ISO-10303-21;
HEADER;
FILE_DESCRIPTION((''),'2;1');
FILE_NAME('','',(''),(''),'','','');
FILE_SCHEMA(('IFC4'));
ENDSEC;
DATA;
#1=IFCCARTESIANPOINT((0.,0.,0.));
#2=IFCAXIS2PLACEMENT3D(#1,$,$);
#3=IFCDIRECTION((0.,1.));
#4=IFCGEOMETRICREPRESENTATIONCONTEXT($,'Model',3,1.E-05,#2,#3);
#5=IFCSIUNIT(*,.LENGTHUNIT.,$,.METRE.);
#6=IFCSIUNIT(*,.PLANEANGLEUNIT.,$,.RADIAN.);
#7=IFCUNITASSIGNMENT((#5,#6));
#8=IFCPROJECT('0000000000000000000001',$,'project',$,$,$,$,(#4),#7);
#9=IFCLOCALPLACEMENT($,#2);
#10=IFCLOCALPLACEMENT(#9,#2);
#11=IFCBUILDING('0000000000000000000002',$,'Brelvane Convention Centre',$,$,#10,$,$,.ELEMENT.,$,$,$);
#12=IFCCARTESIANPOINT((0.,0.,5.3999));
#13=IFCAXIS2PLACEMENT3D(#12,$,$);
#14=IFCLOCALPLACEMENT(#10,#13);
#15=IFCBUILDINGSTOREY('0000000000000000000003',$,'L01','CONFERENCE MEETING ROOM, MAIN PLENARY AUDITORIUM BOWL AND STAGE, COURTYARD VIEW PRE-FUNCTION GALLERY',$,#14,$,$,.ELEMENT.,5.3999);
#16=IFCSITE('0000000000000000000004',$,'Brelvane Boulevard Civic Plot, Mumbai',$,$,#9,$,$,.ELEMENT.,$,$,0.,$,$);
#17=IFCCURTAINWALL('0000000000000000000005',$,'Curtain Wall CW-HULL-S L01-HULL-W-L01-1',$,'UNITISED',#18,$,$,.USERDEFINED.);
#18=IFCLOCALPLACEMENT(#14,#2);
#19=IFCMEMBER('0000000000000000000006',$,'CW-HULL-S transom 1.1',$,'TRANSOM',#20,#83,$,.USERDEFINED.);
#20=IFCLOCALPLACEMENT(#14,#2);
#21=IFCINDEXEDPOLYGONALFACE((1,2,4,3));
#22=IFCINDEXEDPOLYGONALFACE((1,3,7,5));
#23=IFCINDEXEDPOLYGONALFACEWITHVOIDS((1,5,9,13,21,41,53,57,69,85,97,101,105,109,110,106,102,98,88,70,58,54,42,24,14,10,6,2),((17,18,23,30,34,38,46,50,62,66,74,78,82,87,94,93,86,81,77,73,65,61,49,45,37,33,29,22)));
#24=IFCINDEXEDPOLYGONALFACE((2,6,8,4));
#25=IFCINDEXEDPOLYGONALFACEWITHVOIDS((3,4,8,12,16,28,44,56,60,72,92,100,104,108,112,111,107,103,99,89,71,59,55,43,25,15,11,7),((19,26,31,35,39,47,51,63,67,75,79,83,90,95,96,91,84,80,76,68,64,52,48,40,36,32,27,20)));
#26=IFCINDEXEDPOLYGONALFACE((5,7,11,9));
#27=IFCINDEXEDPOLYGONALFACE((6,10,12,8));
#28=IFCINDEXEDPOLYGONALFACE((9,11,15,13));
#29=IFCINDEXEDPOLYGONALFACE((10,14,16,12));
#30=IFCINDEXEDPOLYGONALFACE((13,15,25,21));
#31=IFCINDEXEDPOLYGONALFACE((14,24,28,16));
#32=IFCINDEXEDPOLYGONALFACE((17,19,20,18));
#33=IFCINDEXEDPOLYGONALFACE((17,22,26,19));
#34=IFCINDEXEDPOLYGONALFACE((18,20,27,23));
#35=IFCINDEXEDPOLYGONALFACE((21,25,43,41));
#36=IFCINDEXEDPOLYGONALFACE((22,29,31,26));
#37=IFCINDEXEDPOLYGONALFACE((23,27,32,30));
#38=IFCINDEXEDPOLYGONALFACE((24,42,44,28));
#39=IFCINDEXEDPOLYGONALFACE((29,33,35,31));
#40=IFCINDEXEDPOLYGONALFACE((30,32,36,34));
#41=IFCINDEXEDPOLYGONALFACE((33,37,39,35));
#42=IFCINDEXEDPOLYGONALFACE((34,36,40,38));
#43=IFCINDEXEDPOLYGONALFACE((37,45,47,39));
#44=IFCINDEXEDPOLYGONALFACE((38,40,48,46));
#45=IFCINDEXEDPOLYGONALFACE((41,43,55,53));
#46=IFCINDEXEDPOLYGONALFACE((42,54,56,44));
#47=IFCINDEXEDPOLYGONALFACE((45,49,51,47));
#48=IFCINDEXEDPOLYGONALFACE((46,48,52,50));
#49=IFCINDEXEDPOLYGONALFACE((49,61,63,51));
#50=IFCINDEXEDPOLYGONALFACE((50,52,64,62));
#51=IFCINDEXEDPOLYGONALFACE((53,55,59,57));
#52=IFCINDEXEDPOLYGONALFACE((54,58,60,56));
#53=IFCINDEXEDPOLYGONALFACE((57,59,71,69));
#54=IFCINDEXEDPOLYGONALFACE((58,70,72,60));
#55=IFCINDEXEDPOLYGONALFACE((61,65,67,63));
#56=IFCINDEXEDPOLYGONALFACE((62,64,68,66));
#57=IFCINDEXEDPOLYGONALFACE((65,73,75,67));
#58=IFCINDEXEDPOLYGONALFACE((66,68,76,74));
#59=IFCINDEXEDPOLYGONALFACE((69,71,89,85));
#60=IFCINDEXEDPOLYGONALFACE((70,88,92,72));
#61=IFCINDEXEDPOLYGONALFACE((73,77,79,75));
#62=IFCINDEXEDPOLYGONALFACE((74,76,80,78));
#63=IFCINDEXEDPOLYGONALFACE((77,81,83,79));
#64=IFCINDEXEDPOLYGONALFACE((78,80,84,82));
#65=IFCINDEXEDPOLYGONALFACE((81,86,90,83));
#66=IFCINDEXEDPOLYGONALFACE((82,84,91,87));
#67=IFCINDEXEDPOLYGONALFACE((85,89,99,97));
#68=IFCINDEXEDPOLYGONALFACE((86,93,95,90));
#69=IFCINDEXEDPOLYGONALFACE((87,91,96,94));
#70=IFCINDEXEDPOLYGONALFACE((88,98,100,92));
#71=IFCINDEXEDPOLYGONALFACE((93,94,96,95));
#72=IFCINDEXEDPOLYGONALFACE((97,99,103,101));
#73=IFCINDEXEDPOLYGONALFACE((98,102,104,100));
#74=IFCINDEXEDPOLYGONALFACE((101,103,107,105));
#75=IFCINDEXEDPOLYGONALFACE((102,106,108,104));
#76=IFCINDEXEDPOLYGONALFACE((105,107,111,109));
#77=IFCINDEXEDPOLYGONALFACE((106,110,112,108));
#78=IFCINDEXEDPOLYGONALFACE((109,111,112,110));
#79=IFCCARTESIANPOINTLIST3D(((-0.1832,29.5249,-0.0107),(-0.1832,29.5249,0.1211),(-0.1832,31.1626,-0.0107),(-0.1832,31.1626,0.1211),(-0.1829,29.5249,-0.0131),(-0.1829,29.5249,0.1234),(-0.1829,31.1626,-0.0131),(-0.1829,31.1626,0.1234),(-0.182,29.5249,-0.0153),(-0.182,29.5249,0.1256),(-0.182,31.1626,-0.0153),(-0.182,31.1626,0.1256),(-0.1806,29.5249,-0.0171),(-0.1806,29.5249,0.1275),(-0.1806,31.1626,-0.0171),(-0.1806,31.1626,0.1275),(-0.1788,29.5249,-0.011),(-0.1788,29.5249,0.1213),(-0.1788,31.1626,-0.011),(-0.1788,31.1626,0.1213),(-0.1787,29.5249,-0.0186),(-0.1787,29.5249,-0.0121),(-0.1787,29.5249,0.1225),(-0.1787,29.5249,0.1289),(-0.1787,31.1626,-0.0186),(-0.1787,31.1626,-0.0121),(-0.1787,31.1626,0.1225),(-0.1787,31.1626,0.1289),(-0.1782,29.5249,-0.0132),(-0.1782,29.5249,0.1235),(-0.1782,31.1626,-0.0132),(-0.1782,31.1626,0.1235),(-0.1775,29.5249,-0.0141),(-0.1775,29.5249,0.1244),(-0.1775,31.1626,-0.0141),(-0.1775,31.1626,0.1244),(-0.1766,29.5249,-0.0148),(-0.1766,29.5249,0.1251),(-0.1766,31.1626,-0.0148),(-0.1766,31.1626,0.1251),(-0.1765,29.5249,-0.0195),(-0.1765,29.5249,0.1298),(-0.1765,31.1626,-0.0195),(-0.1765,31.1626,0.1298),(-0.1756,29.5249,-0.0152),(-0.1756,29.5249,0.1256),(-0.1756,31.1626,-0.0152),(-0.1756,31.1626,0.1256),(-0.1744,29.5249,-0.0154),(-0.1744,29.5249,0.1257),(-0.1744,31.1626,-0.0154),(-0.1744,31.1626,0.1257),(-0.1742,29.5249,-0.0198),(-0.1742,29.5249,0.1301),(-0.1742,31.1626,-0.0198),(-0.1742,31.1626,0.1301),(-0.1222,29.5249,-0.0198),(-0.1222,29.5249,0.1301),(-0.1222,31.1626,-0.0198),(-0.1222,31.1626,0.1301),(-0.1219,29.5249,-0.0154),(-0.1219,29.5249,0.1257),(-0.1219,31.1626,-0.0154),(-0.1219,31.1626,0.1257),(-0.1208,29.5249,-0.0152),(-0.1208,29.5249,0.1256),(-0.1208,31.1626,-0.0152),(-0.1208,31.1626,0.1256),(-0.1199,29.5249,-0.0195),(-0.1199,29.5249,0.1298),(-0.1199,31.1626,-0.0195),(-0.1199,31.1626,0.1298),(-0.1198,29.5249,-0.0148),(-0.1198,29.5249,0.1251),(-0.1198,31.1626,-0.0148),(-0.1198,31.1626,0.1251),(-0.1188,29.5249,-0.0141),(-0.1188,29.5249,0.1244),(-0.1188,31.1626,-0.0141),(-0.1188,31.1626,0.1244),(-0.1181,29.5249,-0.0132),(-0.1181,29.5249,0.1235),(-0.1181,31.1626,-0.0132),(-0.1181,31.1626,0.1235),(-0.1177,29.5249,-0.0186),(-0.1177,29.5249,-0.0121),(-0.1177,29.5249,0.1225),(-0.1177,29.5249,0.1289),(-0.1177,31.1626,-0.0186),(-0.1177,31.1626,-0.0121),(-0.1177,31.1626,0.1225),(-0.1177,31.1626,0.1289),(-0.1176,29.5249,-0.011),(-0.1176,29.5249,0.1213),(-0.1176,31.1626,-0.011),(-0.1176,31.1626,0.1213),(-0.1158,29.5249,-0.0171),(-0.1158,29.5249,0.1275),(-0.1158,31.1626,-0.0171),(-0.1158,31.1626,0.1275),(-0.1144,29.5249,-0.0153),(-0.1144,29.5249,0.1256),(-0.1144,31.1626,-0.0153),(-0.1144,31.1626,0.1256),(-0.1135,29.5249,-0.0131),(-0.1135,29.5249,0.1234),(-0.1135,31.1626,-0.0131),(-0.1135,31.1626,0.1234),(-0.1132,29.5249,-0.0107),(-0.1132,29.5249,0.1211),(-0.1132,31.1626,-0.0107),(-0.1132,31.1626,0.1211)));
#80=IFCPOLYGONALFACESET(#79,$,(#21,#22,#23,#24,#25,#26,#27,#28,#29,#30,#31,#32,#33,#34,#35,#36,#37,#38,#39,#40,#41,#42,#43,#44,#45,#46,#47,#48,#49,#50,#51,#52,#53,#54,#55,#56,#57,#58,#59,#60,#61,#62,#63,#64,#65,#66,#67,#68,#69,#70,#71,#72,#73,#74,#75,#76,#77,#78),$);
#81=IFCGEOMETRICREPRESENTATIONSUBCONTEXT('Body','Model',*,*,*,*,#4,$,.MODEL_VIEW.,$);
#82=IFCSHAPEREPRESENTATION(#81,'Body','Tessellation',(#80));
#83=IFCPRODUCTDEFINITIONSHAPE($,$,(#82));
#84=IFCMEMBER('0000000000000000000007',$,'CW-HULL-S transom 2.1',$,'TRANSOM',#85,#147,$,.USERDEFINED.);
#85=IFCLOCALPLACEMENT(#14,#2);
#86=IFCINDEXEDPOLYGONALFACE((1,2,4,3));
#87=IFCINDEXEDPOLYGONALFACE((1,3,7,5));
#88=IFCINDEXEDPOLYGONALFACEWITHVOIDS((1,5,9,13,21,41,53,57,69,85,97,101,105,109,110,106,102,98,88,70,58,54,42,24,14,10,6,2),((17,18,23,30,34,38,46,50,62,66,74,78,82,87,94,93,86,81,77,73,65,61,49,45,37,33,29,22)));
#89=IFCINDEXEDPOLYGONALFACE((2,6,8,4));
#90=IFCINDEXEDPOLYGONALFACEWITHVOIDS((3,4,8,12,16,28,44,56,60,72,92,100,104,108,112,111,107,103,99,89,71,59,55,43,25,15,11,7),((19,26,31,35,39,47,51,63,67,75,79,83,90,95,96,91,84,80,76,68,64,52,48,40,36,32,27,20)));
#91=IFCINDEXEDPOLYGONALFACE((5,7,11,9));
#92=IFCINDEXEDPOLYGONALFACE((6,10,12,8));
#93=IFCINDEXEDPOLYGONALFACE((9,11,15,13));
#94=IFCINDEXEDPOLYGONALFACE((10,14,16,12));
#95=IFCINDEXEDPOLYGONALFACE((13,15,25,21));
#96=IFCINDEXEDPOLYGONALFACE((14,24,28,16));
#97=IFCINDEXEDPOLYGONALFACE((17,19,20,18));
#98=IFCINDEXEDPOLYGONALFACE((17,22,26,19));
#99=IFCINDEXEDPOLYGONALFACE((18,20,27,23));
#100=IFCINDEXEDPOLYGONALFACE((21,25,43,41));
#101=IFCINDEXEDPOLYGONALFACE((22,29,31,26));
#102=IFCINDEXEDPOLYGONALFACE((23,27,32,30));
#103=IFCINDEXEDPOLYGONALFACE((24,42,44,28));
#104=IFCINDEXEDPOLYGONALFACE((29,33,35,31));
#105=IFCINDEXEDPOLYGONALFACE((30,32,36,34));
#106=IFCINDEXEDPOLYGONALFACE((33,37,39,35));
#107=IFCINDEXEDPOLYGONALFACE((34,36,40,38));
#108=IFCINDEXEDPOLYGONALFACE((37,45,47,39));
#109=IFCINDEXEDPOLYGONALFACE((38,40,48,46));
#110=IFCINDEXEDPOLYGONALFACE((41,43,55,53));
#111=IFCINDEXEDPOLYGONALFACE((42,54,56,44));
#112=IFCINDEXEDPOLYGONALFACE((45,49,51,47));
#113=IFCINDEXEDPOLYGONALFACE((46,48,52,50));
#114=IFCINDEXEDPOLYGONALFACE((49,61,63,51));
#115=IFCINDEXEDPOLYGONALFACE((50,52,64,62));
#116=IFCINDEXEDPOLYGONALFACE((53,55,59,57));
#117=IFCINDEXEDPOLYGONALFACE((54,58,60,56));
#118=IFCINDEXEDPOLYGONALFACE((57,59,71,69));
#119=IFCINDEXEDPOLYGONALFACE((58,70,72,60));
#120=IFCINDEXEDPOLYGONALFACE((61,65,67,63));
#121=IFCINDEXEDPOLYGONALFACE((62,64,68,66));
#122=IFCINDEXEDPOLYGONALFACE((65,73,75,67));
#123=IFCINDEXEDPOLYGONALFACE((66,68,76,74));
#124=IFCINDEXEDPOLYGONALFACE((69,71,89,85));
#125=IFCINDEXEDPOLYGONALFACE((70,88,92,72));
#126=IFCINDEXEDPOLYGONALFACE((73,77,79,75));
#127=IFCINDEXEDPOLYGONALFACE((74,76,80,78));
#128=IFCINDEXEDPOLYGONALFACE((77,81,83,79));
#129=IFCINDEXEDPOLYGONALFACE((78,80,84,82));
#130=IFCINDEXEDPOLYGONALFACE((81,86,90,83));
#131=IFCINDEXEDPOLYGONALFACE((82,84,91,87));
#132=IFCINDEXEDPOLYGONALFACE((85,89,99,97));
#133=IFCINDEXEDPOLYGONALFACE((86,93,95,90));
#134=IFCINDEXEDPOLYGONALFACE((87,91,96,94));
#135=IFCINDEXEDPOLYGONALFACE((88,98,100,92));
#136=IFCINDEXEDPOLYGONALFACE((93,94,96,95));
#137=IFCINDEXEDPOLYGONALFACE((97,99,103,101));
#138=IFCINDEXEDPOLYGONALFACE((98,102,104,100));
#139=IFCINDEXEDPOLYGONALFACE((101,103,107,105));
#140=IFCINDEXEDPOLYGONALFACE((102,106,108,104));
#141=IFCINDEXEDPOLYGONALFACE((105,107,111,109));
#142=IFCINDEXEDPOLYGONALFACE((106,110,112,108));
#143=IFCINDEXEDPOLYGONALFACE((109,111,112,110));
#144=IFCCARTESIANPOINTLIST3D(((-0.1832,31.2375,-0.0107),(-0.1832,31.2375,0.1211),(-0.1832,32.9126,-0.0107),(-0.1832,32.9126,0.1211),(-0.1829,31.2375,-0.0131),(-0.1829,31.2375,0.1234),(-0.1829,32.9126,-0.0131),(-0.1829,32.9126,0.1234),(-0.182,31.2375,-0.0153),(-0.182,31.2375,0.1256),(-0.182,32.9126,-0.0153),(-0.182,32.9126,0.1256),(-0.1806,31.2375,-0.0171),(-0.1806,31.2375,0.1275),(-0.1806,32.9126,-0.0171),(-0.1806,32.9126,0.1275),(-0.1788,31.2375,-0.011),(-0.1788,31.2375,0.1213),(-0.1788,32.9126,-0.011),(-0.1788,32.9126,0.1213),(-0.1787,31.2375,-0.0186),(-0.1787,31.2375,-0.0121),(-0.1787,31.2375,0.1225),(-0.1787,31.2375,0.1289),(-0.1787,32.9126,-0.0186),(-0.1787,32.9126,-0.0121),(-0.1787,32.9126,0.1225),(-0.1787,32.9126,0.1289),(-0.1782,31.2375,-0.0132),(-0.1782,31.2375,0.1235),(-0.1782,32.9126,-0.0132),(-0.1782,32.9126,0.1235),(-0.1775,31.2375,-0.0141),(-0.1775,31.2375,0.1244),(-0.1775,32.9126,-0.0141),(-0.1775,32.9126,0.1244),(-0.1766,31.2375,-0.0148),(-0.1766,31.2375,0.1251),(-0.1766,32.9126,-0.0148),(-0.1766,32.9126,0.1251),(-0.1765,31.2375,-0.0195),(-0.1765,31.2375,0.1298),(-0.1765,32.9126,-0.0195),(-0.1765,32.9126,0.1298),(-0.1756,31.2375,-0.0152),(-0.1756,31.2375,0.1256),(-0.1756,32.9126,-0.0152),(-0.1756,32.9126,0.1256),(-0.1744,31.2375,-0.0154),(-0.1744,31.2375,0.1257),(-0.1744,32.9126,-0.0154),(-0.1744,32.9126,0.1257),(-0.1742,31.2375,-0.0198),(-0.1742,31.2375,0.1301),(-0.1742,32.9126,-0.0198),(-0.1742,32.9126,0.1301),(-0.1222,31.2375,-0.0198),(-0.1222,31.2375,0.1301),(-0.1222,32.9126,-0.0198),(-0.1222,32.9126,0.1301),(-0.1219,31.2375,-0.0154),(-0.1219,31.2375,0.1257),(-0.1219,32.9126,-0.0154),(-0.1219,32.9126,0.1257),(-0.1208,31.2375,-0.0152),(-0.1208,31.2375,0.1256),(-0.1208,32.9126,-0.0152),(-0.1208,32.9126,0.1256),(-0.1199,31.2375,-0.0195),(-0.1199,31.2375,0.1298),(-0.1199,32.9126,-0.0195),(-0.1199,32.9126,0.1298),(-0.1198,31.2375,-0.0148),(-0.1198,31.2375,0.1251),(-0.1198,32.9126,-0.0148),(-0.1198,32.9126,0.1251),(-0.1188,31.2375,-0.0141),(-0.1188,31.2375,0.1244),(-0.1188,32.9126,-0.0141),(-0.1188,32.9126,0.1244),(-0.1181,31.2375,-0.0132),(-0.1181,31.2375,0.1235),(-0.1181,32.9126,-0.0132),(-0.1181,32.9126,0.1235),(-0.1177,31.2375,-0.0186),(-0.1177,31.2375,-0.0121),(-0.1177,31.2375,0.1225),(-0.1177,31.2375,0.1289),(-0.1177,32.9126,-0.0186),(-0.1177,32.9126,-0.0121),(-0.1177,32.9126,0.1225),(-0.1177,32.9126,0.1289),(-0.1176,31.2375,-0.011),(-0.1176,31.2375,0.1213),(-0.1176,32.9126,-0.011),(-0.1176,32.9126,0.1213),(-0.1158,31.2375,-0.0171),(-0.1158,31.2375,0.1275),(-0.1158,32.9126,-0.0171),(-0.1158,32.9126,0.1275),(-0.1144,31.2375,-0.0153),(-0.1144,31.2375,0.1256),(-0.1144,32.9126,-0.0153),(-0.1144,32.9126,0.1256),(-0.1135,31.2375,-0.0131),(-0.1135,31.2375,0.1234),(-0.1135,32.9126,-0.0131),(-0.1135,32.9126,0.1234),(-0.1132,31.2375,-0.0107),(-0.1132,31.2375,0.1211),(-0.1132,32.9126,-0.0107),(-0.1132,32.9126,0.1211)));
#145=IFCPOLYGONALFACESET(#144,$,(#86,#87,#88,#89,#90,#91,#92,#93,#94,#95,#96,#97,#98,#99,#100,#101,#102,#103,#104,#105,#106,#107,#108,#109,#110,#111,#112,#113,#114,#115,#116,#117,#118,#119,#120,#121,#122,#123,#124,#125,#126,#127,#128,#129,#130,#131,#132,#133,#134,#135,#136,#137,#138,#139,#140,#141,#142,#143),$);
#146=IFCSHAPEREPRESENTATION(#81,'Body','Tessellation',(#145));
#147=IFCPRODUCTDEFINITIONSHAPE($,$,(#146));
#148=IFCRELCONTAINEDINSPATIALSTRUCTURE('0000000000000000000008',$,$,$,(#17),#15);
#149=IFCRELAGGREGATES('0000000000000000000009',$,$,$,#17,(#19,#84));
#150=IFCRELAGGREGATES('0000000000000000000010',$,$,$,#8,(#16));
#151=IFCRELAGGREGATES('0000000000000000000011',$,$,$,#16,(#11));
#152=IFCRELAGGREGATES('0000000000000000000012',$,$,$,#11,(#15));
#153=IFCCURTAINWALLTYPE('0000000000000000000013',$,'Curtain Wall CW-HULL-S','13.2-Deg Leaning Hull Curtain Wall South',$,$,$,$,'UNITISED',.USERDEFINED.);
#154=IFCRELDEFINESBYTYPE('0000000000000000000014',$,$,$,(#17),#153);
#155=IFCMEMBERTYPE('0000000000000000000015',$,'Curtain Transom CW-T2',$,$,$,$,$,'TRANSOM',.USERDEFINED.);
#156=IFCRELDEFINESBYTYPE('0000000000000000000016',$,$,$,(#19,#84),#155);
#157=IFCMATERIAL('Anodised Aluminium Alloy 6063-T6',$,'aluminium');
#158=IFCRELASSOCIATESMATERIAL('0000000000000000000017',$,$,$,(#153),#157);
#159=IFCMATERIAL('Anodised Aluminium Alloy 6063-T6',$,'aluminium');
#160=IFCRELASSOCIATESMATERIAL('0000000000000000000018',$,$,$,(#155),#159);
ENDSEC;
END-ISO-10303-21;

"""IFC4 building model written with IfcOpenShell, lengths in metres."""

from ifc_helpers import new_model, si_unit, direction, frame, origin, origin_2d, place, context, subcontext, project, spatial, hollow_rectangle, extrude, material, material_profile, profile_set, type_object, element, aggregate, save


model = new_model("IFC4")

# Units and contexts
model_context = context("Model", 3, precision=1e-05, world=origin(), true_north=direction((0.0, 1.0)))
body_context = subcontext(model_context, "Body", "Model", "MODEL_VIEW")
ifc_project = project(units=[si_unit("LENGTHUNIT", "METRE"), si_unit("PLANEANGLEUNIT", "RADIAN")], contexts=[model_context])

# Site, building, storey
site_placement = place(None, origin())
site = spatial("IfcSite", under=ifc_project, at=site_placement, Name="Brelvane Boulevard Civic Plot, Mumbai", CompositionType="ELEMENT", RefElevation=0.0)
building_placement = place(site_placement, origin())
building = spatial("IfcBuilding", under=site, at=building_placement, Name="Brelvane Convention Centre", CompositionType="ELEMENT")
storey_placement = place(building_placement, frame((0.0, 0.0, 5.3999)))
storey = spatial("IfcBuildingStorey", under=building, at=storey_placement, Name="L01", Description="CONFERENCE MEETING ROOM, MAIN PLENARY AUDITORIUM BOWL AND STAGE, COURTYARD VIEW PRE-FUNCTION GALLERY", CompositionType="ELEMENT", Elevation=5.3999)

# Curtain wall, members
ifc_material_1 = material(Name="Anodised Aluminium Alloy 6063-T6", Category="aluminium")
curtain_wall_type = type_object("IfcCurtainWallType", Name="Curtain Wall CW-HULL-S", Description="13.2-Deg Leaning Hull Curtain Wall South", ElementType="UNITISED", PredefinedType="USERDEFINED", material=ifc_material_1)
curtain_wall_placement = place(storey_placement, origin())
curtain_wall = element("IfcCurtainWall", 1, at=curtain_wall_placement, inside=storey, type_object=curtain_wall_type, Name="Curtain Wall CW-HULL-S L01-HULL-W-L01-1", ObjectType="UNITISED", PredefinedType="USERDEFINED")
ifc_material_2 = material(Name="Anodised Aluminium Alloy 6063-T6", Category="aluminium")
ifc_material_profile_1 = material_profile(ifc_material_2, hollow_rectangle(XDim=0.0701, YDim=0.1499, WallThickness=0.0044, InnerFilletRadius=0.0044, OuterFilletRadius=0.009, at=origin_2d()), Name="ALU-T 150x70x4.5")
ifc_profile_set_1 = profile_set([ifc_material_profile_1], Name="Anodised Aluminium Alloy 6063-T6")
member_type_1 = type_object("IfcMemberType", Name="Curtain Transom CW-T2", ElementType="TRANSOM", PredefinedType="USERDEFINED", material=ifc_profile_set_1)
member_1_placement = place(storey_placement, frame((-0.1482, 29.5249, 0.0552), z_axis=(0.0, 1.0, 0.0), x_axis=(-1.0, 0.0, 0.0)))
member_1 = element("IfcMember", 2, at=member_1_placement, type_object=member_type_1, Name="CW-HULL-S transom 1.1", ObjectType="TRANSOM", PredefinedType="USERDEFINED", context=body_context, shape_type="SweptSolid", body=[
    extrude(hollow_rectangle(XDim=0.0701, YDim=0.1499, WallThickness=0.0044, InnerFilletRadius=0.0044, OuterFilletRadius=0.009, at=origin_2d()), origin(), (0.0, 0.0, 1.0), 1.6377),
])
member_2_placement = place(storey_placement, frame((-0.1482, 31.2375, 0.0552), z_axis=(0.0, 1.0, 0.0), x_axis=(-1.0, 0.0, 0.0)))
member_2 = element("IfcMember", 3, at=member_2_placement, type_object=member_type_1, Name="CW-HULL-S transom 2.1", ObjectType="TRANSOM", PredefinedType="USERDEFINED", context=body_context, shape_type="SweptSolid", body=[
    extrude(hollow_rectangle(XDim=0.0701, YDim=0.1499, WallThickness=0.0044, InnerFilletRadius=0.0044, OuterFilletRadius=0.009, at=origin_2d()), origin(), (0.0, 0.0, 1.0), 1.675),
])
aggregate(curtain_wall, [member_1, member_2])

save(model, "model.ifc")
